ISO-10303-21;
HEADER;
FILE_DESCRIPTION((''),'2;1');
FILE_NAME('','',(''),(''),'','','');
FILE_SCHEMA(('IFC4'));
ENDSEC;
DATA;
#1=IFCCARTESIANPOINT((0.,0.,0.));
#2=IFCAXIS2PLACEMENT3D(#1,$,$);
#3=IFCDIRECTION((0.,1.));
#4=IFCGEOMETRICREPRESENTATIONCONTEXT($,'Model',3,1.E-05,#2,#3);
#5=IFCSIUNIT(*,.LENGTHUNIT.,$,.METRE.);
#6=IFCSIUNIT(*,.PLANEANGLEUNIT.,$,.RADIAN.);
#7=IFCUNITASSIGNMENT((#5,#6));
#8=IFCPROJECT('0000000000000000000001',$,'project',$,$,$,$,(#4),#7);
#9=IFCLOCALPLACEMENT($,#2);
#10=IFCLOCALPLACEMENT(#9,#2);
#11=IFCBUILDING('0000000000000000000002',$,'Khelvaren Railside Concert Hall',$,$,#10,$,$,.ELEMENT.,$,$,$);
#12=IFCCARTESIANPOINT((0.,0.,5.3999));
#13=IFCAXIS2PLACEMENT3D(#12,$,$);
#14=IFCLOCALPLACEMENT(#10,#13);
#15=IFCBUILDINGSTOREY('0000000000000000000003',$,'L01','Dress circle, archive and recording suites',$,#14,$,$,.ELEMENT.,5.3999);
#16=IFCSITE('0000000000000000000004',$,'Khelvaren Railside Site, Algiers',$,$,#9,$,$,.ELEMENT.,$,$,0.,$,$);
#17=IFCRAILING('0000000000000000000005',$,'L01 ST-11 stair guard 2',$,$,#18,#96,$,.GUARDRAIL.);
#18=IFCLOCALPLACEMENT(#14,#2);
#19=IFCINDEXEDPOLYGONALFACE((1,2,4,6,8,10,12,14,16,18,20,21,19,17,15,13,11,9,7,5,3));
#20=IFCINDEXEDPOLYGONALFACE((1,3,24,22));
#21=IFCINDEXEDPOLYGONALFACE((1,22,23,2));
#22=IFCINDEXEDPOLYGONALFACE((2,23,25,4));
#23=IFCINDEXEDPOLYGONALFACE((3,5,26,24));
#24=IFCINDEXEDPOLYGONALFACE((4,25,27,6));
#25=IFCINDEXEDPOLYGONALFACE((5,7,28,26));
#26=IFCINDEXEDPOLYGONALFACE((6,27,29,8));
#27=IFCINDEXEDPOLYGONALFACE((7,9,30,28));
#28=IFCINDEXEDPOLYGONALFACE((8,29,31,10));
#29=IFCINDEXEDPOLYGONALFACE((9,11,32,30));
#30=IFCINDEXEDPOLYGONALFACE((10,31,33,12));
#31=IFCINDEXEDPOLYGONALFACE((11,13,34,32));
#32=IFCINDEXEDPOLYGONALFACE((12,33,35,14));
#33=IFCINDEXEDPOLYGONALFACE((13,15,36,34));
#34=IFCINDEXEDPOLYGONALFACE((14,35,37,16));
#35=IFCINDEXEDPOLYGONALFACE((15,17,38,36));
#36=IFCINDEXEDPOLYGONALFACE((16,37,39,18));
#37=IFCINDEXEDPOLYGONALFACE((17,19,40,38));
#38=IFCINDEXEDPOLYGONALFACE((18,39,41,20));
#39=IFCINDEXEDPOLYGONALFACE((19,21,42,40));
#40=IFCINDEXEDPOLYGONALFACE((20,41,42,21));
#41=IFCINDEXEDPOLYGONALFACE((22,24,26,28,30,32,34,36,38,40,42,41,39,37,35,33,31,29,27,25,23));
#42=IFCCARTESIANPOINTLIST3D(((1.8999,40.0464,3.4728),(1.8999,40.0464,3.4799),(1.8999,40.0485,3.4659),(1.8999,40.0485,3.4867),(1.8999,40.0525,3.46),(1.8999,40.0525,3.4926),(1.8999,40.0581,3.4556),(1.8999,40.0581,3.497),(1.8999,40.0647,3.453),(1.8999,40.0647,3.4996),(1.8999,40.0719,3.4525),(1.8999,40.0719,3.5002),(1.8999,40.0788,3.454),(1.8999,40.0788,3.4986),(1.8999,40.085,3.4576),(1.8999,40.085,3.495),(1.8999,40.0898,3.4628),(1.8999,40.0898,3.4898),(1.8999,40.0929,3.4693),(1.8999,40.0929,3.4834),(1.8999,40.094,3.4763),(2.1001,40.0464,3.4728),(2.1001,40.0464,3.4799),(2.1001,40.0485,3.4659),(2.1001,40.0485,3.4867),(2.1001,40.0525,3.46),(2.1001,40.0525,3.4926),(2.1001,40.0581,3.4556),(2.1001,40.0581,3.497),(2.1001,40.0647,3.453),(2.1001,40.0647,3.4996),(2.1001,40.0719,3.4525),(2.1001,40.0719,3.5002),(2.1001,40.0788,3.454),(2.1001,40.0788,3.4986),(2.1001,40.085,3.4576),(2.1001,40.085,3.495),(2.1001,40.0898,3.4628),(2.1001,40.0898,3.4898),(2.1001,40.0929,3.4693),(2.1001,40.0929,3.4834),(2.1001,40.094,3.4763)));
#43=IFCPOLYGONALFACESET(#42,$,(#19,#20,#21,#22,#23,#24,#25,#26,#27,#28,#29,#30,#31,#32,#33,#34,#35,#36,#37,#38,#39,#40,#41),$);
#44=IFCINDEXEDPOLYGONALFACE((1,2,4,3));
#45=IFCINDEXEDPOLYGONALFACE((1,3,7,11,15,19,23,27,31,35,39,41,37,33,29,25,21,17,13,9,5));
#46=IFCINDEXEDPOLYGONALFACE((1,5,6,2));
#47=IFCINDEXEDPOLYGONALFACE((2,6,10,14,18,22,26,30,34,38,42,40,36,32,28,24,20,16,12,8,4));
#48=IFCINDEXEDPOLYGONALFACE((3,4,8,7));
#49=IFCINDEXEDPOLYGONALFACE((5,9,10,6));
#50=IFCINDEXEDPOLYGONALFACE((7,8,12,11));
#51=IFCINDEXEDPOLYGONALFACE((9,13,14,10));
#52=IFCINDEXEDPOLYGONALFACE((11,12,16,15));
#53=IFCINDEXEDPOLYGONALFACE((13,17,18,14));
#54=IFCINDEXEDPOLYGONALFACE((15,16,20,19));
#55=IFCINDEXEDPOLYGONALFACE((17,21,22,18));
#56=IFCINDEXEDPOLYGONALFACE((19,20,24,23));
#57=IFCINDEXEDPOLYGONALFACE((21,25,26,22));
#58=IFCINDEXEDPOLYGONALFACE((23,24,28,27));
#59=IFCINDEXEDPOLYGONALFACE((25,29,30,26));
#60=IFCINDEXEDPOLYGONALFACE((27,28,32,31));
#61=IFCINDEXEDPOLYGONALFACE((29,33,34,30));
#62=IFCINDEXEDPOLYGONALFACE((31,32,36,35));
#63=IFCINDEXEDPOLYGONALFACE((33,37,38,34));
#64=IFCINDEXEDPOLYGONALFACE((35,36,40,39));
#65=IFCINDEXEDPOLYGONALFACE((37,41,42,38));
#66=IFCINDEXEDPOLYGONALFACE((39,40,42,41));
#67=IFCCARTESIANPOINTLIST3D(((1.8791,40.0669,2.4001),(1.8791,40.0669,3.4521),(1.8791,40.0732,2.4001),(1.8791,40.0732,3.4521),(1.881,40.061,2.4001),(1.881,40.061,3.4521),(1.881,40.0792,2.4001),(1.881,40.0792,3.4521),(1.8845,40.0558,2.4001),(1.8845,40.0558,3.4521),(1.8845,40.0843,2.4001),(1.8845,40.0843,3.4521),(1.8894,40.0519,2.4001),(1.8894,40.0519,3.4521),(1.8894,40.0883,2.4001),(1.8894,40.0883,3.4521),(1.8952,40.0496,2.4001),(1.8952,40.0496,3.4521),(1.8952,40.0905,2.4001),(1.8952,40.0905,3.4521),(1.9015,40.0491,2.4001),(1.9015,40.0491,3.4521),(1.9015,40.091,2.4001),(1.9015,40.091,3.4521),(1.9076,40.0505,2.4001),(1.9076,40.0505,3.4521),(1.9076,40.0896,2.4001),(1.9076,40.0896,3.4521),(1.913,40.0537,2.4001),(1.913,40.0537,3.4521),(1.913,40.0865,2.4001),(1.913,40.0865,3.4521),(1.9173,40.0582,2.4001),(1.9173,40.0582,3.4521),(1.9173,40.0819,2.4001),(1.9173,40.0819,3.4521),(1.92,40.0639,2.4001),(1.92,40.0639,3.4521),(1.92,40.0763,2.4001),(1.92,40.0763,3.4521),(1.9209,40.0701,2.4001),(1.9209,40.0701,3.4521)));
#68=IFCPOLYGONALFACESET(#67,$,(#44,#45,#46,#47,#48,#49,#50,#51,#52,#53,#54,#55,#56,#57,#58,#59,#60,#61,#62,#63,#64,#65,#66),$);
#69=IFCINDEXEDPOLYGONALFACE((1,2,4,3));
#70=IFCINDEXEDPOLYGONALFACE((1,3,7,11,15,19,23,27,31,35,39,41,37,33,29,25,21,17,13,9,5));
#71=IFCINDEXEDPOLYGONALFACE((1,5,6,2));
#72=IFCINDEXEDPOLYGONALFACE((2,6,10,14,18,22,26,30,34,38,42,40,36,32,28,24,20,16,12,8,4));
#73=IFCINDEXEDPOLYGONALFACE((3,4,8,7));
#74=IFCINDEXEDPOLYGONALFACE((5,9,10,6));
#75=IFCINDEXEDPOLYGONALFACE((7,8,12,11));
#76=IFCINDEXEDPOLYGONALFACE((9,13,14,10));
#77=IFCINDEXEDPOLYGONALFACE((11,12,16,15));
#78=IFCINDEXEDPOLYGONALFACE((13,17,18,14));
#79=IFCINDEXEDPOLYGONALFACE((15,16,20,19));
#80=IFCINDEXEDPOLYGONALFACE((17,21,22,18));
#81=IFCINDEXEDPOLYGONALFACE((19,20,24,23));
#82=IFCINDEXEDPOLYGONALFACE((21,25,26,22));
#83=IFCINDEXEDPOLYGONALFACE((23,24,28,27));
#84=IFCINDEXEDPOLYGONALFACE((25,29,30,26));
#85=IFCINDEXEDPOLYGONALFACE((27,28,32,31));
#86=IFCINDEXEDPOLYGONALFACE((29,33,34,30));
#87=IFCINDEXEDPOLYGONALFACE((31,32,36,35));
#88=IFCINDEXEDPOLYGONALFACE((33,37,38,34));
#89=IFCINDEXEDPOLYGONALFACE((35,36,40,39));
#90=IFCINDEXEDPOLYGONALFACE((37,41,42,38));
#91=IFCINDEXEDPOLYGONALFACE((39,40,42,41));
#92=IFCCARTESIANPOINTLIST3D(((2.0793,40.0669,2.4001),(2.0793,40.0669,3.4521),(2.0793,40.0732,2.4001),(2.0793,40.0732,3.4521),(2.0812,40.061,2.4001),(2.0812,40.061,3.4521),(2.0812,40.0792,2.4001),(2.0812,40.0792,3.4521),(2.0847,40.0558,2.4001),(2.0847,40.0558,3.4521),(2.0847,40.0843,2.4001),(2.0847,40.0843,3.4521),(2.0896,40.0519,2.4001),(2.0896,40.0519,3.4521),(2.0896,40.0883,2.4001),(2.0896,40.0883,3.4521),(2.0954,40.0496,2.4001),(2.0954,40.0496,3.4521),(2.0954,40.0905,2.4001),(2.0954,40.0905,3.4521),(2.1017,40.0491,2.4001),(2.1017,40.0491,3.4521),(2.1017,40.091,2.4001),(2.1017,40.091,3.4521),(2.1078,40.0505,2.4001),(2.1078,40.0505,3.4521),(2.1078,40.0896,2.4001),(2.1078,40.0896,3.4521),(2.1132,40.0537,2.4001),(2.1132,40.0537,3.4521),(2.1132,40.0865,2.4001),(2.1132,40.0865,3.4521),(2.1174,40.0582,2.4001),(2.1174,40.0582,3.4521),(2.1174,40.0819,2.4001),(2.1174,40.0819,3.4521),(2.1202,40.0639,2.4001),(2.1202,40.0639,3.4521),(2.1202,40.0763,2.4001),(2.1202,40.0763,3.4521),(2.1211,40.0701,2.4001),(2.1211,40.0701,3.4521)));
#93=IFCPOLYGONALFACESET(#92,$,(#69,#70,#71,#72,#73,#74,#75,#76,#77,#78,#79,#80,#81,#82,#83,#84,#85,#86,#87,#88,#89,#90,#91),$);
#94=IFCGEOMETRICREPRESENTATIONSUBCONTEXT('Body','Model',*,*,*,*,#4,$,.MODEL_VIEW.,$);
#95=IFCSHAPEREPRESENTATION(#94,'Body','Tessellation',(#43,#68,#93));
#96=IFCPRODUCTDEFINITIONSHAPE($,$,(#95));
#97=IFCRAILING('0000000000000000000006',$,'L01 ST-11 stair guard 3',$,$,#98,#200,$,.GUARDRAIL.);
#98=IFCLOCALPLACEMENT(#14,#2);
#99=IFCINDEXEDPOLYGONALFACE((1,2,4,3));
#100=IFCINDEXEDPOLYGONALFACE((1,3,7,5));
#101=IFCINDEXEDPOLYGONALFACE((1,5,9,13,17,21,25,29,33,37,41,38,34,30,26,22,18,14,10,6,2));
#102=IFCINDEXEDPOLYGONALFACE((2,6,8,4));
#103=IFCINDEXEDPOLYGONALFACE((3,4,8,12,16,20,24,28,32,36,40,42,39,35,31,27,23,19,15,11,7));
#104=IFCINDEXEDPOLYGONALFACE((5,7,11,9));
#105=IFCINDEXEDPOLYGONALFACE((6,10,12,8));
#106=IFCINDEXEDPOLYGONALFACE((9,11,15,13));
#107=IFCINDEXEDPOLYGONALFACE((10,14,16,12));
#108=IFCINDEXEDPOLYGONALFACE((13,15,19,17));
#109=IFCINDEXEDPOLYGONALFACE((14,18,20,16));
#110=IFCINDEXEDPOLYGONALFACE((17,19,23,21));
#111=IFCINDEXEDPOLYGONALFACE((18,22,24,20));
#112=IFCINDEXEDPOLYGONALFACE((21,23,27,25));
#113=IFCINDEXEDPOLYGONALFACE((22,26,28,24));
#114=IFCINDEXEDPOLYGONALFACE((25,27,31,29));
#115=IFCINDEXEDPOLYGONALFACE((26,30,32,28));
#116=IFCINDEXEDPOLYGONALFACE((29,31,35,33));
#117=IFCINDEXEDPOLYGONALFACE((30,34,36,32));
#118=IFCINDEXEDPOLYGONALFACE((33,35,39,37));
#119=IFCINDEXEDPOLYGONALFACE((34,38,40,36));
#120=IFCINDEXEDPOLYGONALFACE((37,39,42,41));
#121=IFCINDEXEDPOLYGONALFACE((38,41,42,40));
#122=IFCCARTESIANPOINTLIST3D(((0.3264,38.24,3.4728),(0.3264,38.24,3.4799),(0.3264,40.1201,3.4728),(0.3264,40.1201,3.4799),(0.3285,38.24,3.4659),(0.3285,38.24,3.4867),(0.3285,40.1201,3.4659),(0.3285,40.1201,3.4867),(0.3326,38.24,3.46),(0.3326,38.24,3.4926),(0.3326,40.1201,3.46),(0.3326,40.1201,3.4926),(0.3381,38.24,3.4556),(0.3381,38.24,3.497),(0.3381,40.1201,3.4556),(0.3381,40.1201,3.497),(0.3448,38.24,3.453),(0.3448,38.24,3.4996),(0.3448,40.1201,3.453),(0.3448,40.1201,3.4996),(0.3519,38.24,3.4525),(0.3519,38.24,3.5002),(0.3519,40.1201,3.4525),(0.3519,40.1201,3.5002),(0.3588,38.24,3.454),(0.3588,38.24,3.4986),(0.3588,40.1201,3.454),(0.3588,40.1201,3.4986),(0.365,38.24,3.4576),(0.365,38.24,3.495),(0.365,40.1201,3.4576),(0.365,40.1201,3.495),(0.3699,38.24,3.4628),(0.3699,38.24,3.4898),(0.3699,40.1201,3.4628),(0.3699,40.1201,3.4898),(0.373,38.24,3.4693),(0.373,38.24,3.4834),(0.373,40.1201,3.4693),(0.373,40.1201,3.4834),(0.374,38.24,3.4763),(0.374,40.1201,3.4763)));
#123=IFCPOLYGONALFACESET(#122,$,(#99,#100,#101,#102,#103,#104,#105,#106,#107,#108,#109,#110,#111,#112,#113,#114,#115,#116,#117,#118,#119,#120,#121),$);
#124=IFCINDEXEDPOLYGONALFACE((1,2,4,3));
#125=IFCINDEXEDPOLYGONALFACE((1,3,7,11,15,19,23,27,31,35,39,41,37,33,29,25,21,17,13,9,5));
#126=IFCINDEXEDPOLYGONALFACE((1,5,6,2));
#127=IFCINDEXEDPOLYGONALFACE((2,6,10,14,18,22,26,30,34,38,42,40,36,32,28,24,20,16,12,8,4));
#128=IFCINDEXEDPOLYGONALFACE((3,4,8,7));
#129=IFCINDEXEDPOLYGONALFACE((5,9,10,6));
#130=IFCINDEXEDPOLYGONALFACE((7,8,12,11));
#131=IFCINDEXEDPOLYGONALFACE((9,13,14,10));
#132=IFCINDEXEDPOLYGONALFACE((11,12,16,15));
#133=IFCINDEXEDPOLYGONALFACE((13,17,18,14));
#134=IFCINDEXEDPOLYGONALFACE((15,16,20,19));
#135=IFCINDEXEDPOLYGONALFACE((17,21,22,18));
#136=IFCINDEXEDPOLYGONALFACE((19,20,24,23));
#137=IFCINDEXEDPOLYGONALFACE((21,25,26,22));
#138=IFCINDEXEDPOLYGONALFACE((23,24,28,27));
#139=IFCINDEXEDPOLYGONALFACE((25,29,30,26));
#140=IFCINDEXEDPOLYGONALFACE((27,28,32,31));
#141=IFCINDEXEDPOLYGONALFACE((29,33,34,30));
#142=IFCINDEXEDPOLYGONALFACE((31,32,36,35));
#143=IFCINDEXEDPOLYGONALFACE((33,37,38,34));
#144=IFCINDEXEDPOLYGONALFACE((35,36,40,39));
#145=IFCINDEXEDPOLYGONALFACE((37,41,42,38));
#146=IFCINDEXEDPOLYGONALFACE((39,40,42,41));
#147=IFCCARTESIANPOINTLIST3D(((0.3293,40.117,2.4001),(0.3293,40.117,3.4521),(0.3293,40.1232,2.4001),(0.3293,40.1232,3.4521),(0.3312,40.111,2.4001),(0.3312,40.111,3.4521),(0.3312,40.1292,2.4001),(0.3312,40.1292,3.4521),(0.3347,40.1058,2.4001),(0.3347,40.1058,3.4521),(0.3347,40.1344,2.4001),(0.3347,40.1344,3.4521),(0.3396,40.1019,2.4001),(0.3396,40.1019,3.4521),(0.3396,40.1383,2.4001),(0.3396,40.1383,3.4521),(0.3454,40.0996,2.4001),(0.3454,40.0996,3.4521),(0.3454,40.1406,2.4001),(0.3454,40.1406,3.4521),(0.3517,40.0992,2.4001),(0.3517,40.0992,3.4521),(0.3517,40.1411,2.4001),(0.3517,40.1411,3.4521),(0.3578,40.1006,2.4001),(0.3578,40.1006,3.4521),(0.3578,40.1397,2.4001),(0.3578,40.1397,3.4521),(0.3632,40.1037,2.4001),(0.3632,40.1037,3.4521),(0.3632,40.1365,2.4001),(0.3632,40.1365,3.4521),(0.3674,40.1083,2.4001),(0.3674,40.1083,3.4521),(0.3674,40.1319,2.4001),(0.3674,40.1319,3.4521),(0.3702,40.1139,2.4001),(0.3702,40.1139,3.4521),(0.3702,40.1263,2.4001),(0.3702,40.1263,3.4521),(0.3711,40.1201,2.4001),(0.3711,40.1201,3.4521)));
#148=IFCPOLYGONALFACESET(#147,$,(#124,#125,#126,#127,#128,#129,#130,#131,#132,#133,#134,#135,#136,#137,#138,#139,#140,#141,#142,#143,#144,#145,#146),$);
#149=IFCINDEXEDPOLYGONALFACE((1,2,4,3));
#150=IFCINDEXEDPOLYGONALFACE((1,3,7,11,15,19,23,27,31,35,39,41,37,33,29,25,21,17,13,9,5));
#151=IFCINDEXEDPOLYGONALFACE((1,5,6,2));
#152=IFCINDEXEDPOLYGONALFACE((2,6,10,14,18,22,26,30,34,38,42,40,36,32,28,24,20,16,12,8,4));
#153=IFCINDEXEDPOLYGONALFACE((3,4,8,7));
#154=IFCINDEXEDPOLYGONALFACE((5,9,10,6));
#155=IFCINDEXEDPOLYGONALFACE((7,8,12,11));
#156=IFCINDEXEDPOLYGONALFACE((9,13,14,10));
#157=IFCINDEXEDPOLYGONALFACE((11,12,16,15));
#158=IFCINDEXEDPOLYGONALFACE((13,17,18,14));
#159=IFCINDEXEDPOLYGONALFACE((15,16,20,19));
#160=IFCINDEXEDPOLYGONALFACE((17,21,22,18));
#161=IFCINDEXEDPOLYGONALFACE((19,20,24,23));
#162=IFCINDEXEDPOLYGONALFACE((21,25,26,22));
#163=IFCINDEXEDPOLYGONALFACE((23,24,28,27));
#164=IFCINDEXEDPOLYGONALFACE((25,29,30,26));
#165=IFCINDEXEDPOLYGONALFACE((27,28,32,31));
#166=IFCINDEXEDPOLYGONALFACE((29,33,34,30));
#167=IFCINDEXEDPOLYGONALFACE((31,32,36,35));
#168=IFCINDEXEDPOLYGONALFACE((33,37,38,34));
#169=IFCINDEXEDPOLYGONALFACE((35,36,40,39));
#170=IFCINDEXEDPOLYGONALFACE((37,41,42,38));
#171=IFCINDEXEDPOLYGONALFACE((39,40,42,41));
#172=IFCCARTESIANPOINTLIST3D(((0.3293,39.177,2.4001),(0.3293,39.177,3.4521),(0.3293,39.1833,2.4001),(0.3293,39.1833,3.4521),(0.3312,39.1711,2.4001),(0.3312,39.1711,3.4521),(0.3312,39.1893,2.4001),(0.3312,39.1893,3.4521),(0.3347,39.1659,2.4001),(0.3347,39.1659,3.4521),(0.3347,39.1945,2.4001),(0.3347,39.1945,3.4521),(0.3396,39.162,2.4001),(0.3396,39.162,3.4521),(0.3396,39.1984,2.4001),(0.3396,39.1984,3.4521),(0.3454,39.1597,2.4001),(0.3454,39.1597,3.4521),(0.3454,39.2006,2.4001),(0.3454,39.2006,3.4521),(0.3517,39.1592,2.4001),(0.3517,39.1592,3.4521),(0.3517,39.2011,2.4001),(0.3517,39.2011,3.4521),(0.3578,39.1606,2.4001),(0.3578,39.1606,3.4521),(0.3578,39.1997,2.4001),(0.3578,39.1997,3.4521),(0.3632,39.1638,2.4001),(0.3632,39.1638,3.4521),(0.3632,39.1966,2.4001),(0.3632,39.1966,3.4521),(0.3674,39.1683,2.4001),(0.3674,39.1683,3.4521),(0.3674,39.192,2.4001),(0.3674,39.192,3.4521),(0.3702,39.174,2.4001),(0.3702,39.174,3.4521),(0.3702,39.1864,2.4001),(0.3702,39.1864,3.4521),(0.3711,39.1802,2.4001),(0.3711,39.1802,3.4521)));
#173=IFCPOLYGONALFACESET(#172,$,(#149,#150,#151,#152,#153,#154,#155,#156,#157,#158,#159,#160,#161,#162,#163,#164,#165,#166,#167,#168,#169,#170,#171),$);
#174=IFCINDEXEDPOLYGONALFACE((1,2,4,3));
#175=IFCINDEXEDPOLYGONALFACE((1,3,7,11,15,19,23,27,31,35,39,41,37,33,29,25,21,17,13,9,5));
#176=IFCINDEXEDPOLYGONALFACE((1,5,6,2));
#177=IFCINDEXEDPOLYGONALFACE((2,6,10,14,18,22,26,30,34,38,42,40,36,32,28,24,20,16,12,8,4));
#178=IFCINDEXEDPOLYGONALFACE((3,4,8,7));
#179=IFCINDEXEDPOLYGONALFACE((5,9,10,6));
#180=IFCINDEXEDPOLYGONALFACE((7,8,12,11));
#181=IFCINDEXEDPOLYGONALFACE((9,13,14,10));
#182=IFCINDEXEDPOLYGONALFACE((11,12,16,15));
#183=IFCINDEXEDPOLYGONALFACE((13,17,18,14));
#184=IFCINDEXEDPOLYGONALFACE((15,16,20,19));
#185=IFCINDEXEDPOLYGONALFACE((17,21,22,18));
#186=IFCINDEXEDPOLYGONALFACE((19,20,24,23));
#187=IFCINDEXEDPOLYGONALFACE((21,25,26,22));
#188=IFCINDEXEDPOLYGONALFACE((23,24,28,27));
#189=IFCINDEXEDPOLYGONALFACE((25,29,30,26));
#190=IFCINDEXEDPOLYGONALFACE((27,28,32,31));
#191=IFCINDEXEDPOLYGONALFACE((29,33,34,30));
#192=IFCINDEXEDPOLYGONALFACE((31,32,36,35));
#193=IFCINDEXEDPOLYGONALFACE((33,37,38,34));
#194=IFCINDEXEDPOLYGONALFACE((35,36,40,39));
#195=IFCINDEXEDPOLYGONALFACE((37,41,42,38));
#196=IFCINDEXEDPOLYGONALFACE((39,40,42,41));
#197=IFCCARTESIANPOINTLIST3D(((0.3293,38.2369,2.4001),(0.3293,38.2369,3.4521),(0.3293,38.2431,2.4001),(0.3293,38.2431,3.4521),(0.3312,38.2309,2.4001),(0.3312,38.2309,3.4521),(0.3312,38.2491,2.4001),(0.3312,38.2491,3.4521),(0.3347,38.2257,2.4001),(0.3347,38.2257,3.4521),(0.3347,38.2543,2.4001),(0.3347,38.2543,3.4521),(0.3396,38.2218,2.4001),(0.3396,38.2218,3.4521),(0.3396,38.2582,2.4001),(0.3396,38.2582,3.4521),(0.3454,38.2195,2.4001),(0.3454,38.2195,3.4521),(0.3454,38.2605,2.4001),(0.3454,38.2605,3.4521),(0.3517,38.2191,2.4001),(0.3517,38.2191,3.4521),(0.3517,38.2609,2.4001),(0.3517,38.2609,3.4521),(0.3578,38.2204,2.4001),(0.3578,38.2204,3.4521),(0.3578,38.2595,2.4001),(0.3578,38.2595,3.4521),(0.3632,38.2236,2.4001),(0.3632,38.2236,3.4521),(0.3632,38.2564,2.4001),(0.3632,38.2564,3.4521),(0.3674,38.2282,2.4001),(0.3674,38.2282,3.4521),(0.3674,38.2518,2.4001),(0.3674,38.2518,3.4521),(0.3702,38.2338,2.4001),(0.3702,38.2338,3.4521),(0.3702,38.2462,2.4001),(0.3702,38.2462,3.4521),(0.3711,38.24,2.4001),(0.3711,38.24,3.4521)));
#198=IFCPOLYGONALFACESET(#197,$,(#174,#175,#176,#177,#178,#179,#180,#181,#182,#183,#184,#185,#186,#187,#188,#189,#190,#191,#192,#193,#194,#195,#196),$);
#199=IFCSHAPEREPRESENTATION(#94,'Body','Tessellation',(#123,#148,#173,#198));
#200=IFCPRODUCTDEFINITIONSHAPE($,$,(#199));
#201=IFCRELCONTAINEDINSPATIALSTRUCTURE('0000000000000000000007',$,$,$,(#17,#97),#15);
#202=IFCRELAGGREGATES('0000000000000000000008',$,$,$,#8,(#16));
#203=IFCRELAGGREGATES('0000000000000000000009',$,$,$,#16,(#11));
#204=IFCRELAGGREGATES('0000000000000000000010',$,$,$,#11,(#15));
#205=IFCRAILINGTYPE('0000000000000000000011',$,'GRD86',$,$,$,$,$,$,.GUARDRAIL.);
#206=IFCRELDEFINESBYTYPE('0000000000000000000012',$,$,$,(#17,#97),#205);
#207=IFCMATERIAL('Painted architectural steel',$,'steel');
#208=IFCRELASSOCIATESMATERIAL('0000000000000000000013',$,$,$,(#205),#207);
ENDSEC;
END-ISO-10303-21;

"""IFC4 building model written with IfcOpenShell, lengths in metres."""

from ifc_helpers import new_model, si_unit, direction, frame, origin, origin_2d, place, context, subcontext, project, spatial, circle, extrude, material, type_object, element, save


model = new_model("IFC4")

# Units and contexts
model_context = context("Model", 3, precision=1e-05, world=origin(), true_north=direction((0.0, 1.0)))
body_context = subcontext(model_context, "Body", "Model", "MODEL_VIEW")
ifc_project = project(units=[si_unit("LENGTHUNIT", "METRE"), si_unit("PLANEANGLEUNIT", "RADIAN")], contexts=[model_context])

# Site, building, storey
site_placement = place(None, origin())
site = spatial("IfcSite", under=ifc_project, at=site_placement, Name="Khelvaren Railside Site, Algiers", CompositionType="ELEMENT", RefElevation=0.0)
building_placement = place(site_placement, origin())
building = spatial("IfcBuilding", under=site, at=building_placement, Name="Khelvaren Railside Concert Hall", CompositionType="ELEMENT")
storey_placement = place(building_placement, frame((0.0, 0.0, 5.3999)))
storey = spatial("IfcBuildingStorey", under=building, at=storey_placement, Name="L01", Description="Dress circle, archive and recording suites", CompositionType="ELEMENT", Elevation=5.3999)

# Railings
ifc_material_1 = material(Name="Painted architectural steel", Category="steel")
railing_type_1 = type_object("IfcRailingType", Name="GRD86", PredefinedType="GUARDRAIL", material=ifc_material_1)
railing_1_placement = place(storey_placement, frame((1.8999, 40.0701, 2.4001)))
element("IfcRailing", 1, at=railing_1_placement, inside=storey, type_object=railing_type_1, Name="L01 ST-11 stair guard 2", PredefinedType="GUARDRAIL", context=body_context, shape_type="SweptSolid", body=[
    extrude(circle(Radius=0.0239, at=origin_2d()), frame((0.0, 0.0, 1.0762), z_axis=(1.0, 0.0, 0.0), x_axis=(0.0, 1.0, 0.0)), (0.0, 0.0, 1.0), 0.2002),
    extrude(circle(Radius=0.021, at=origin_2d()), origin(), (0.0, 0.0, 1.0), 1.052),
    extrude(circle(Radius=0.021, at=origin_2d()), frame((0.2002, 0.0, 0.0)), (0.0, 0.0, 1.0), 1.052),
])
for number, where, name in (
    (2, (0.3501, 40.1201, 2.4001), "L01 ST-11 stair guard 3"),
):
    element("IfcRailing", number, at=place(storey_placement, frame(where)), inside=storey, type_object=railing_type_1, Name=name, PredefinedType="GUARDRAIL", context=body_context, shape_type="SweptSolid", body=[
        extrude(circle(Radius=0.0239, at=origin_2d()), frame((0.0, 0.0, 1.0762), z_axis=(0.0, -1.0, 0.0), x_axis=(1.0, 0.0, 0.0)), (0.0, 0.0, 1.0), 1.8801),
        extrude(circle(Radius=0.021, at=origin_2d()), origin(), (0.0, 0.0, 1.0), 1.052),
        extrude(circle(Radius=0.021, at=origin_2d()), frame((0.0, -0.9399, 0.0)), (0.0, 0.0, 1.0), 1.052),
        extrude(circle(Radius=0.021, at=origin_2d()), frame((0.0, -1.8801, 0.0)), (0.0, 0.0, 1.0), 1.052),
    ])

save(model, "model.ifc")
